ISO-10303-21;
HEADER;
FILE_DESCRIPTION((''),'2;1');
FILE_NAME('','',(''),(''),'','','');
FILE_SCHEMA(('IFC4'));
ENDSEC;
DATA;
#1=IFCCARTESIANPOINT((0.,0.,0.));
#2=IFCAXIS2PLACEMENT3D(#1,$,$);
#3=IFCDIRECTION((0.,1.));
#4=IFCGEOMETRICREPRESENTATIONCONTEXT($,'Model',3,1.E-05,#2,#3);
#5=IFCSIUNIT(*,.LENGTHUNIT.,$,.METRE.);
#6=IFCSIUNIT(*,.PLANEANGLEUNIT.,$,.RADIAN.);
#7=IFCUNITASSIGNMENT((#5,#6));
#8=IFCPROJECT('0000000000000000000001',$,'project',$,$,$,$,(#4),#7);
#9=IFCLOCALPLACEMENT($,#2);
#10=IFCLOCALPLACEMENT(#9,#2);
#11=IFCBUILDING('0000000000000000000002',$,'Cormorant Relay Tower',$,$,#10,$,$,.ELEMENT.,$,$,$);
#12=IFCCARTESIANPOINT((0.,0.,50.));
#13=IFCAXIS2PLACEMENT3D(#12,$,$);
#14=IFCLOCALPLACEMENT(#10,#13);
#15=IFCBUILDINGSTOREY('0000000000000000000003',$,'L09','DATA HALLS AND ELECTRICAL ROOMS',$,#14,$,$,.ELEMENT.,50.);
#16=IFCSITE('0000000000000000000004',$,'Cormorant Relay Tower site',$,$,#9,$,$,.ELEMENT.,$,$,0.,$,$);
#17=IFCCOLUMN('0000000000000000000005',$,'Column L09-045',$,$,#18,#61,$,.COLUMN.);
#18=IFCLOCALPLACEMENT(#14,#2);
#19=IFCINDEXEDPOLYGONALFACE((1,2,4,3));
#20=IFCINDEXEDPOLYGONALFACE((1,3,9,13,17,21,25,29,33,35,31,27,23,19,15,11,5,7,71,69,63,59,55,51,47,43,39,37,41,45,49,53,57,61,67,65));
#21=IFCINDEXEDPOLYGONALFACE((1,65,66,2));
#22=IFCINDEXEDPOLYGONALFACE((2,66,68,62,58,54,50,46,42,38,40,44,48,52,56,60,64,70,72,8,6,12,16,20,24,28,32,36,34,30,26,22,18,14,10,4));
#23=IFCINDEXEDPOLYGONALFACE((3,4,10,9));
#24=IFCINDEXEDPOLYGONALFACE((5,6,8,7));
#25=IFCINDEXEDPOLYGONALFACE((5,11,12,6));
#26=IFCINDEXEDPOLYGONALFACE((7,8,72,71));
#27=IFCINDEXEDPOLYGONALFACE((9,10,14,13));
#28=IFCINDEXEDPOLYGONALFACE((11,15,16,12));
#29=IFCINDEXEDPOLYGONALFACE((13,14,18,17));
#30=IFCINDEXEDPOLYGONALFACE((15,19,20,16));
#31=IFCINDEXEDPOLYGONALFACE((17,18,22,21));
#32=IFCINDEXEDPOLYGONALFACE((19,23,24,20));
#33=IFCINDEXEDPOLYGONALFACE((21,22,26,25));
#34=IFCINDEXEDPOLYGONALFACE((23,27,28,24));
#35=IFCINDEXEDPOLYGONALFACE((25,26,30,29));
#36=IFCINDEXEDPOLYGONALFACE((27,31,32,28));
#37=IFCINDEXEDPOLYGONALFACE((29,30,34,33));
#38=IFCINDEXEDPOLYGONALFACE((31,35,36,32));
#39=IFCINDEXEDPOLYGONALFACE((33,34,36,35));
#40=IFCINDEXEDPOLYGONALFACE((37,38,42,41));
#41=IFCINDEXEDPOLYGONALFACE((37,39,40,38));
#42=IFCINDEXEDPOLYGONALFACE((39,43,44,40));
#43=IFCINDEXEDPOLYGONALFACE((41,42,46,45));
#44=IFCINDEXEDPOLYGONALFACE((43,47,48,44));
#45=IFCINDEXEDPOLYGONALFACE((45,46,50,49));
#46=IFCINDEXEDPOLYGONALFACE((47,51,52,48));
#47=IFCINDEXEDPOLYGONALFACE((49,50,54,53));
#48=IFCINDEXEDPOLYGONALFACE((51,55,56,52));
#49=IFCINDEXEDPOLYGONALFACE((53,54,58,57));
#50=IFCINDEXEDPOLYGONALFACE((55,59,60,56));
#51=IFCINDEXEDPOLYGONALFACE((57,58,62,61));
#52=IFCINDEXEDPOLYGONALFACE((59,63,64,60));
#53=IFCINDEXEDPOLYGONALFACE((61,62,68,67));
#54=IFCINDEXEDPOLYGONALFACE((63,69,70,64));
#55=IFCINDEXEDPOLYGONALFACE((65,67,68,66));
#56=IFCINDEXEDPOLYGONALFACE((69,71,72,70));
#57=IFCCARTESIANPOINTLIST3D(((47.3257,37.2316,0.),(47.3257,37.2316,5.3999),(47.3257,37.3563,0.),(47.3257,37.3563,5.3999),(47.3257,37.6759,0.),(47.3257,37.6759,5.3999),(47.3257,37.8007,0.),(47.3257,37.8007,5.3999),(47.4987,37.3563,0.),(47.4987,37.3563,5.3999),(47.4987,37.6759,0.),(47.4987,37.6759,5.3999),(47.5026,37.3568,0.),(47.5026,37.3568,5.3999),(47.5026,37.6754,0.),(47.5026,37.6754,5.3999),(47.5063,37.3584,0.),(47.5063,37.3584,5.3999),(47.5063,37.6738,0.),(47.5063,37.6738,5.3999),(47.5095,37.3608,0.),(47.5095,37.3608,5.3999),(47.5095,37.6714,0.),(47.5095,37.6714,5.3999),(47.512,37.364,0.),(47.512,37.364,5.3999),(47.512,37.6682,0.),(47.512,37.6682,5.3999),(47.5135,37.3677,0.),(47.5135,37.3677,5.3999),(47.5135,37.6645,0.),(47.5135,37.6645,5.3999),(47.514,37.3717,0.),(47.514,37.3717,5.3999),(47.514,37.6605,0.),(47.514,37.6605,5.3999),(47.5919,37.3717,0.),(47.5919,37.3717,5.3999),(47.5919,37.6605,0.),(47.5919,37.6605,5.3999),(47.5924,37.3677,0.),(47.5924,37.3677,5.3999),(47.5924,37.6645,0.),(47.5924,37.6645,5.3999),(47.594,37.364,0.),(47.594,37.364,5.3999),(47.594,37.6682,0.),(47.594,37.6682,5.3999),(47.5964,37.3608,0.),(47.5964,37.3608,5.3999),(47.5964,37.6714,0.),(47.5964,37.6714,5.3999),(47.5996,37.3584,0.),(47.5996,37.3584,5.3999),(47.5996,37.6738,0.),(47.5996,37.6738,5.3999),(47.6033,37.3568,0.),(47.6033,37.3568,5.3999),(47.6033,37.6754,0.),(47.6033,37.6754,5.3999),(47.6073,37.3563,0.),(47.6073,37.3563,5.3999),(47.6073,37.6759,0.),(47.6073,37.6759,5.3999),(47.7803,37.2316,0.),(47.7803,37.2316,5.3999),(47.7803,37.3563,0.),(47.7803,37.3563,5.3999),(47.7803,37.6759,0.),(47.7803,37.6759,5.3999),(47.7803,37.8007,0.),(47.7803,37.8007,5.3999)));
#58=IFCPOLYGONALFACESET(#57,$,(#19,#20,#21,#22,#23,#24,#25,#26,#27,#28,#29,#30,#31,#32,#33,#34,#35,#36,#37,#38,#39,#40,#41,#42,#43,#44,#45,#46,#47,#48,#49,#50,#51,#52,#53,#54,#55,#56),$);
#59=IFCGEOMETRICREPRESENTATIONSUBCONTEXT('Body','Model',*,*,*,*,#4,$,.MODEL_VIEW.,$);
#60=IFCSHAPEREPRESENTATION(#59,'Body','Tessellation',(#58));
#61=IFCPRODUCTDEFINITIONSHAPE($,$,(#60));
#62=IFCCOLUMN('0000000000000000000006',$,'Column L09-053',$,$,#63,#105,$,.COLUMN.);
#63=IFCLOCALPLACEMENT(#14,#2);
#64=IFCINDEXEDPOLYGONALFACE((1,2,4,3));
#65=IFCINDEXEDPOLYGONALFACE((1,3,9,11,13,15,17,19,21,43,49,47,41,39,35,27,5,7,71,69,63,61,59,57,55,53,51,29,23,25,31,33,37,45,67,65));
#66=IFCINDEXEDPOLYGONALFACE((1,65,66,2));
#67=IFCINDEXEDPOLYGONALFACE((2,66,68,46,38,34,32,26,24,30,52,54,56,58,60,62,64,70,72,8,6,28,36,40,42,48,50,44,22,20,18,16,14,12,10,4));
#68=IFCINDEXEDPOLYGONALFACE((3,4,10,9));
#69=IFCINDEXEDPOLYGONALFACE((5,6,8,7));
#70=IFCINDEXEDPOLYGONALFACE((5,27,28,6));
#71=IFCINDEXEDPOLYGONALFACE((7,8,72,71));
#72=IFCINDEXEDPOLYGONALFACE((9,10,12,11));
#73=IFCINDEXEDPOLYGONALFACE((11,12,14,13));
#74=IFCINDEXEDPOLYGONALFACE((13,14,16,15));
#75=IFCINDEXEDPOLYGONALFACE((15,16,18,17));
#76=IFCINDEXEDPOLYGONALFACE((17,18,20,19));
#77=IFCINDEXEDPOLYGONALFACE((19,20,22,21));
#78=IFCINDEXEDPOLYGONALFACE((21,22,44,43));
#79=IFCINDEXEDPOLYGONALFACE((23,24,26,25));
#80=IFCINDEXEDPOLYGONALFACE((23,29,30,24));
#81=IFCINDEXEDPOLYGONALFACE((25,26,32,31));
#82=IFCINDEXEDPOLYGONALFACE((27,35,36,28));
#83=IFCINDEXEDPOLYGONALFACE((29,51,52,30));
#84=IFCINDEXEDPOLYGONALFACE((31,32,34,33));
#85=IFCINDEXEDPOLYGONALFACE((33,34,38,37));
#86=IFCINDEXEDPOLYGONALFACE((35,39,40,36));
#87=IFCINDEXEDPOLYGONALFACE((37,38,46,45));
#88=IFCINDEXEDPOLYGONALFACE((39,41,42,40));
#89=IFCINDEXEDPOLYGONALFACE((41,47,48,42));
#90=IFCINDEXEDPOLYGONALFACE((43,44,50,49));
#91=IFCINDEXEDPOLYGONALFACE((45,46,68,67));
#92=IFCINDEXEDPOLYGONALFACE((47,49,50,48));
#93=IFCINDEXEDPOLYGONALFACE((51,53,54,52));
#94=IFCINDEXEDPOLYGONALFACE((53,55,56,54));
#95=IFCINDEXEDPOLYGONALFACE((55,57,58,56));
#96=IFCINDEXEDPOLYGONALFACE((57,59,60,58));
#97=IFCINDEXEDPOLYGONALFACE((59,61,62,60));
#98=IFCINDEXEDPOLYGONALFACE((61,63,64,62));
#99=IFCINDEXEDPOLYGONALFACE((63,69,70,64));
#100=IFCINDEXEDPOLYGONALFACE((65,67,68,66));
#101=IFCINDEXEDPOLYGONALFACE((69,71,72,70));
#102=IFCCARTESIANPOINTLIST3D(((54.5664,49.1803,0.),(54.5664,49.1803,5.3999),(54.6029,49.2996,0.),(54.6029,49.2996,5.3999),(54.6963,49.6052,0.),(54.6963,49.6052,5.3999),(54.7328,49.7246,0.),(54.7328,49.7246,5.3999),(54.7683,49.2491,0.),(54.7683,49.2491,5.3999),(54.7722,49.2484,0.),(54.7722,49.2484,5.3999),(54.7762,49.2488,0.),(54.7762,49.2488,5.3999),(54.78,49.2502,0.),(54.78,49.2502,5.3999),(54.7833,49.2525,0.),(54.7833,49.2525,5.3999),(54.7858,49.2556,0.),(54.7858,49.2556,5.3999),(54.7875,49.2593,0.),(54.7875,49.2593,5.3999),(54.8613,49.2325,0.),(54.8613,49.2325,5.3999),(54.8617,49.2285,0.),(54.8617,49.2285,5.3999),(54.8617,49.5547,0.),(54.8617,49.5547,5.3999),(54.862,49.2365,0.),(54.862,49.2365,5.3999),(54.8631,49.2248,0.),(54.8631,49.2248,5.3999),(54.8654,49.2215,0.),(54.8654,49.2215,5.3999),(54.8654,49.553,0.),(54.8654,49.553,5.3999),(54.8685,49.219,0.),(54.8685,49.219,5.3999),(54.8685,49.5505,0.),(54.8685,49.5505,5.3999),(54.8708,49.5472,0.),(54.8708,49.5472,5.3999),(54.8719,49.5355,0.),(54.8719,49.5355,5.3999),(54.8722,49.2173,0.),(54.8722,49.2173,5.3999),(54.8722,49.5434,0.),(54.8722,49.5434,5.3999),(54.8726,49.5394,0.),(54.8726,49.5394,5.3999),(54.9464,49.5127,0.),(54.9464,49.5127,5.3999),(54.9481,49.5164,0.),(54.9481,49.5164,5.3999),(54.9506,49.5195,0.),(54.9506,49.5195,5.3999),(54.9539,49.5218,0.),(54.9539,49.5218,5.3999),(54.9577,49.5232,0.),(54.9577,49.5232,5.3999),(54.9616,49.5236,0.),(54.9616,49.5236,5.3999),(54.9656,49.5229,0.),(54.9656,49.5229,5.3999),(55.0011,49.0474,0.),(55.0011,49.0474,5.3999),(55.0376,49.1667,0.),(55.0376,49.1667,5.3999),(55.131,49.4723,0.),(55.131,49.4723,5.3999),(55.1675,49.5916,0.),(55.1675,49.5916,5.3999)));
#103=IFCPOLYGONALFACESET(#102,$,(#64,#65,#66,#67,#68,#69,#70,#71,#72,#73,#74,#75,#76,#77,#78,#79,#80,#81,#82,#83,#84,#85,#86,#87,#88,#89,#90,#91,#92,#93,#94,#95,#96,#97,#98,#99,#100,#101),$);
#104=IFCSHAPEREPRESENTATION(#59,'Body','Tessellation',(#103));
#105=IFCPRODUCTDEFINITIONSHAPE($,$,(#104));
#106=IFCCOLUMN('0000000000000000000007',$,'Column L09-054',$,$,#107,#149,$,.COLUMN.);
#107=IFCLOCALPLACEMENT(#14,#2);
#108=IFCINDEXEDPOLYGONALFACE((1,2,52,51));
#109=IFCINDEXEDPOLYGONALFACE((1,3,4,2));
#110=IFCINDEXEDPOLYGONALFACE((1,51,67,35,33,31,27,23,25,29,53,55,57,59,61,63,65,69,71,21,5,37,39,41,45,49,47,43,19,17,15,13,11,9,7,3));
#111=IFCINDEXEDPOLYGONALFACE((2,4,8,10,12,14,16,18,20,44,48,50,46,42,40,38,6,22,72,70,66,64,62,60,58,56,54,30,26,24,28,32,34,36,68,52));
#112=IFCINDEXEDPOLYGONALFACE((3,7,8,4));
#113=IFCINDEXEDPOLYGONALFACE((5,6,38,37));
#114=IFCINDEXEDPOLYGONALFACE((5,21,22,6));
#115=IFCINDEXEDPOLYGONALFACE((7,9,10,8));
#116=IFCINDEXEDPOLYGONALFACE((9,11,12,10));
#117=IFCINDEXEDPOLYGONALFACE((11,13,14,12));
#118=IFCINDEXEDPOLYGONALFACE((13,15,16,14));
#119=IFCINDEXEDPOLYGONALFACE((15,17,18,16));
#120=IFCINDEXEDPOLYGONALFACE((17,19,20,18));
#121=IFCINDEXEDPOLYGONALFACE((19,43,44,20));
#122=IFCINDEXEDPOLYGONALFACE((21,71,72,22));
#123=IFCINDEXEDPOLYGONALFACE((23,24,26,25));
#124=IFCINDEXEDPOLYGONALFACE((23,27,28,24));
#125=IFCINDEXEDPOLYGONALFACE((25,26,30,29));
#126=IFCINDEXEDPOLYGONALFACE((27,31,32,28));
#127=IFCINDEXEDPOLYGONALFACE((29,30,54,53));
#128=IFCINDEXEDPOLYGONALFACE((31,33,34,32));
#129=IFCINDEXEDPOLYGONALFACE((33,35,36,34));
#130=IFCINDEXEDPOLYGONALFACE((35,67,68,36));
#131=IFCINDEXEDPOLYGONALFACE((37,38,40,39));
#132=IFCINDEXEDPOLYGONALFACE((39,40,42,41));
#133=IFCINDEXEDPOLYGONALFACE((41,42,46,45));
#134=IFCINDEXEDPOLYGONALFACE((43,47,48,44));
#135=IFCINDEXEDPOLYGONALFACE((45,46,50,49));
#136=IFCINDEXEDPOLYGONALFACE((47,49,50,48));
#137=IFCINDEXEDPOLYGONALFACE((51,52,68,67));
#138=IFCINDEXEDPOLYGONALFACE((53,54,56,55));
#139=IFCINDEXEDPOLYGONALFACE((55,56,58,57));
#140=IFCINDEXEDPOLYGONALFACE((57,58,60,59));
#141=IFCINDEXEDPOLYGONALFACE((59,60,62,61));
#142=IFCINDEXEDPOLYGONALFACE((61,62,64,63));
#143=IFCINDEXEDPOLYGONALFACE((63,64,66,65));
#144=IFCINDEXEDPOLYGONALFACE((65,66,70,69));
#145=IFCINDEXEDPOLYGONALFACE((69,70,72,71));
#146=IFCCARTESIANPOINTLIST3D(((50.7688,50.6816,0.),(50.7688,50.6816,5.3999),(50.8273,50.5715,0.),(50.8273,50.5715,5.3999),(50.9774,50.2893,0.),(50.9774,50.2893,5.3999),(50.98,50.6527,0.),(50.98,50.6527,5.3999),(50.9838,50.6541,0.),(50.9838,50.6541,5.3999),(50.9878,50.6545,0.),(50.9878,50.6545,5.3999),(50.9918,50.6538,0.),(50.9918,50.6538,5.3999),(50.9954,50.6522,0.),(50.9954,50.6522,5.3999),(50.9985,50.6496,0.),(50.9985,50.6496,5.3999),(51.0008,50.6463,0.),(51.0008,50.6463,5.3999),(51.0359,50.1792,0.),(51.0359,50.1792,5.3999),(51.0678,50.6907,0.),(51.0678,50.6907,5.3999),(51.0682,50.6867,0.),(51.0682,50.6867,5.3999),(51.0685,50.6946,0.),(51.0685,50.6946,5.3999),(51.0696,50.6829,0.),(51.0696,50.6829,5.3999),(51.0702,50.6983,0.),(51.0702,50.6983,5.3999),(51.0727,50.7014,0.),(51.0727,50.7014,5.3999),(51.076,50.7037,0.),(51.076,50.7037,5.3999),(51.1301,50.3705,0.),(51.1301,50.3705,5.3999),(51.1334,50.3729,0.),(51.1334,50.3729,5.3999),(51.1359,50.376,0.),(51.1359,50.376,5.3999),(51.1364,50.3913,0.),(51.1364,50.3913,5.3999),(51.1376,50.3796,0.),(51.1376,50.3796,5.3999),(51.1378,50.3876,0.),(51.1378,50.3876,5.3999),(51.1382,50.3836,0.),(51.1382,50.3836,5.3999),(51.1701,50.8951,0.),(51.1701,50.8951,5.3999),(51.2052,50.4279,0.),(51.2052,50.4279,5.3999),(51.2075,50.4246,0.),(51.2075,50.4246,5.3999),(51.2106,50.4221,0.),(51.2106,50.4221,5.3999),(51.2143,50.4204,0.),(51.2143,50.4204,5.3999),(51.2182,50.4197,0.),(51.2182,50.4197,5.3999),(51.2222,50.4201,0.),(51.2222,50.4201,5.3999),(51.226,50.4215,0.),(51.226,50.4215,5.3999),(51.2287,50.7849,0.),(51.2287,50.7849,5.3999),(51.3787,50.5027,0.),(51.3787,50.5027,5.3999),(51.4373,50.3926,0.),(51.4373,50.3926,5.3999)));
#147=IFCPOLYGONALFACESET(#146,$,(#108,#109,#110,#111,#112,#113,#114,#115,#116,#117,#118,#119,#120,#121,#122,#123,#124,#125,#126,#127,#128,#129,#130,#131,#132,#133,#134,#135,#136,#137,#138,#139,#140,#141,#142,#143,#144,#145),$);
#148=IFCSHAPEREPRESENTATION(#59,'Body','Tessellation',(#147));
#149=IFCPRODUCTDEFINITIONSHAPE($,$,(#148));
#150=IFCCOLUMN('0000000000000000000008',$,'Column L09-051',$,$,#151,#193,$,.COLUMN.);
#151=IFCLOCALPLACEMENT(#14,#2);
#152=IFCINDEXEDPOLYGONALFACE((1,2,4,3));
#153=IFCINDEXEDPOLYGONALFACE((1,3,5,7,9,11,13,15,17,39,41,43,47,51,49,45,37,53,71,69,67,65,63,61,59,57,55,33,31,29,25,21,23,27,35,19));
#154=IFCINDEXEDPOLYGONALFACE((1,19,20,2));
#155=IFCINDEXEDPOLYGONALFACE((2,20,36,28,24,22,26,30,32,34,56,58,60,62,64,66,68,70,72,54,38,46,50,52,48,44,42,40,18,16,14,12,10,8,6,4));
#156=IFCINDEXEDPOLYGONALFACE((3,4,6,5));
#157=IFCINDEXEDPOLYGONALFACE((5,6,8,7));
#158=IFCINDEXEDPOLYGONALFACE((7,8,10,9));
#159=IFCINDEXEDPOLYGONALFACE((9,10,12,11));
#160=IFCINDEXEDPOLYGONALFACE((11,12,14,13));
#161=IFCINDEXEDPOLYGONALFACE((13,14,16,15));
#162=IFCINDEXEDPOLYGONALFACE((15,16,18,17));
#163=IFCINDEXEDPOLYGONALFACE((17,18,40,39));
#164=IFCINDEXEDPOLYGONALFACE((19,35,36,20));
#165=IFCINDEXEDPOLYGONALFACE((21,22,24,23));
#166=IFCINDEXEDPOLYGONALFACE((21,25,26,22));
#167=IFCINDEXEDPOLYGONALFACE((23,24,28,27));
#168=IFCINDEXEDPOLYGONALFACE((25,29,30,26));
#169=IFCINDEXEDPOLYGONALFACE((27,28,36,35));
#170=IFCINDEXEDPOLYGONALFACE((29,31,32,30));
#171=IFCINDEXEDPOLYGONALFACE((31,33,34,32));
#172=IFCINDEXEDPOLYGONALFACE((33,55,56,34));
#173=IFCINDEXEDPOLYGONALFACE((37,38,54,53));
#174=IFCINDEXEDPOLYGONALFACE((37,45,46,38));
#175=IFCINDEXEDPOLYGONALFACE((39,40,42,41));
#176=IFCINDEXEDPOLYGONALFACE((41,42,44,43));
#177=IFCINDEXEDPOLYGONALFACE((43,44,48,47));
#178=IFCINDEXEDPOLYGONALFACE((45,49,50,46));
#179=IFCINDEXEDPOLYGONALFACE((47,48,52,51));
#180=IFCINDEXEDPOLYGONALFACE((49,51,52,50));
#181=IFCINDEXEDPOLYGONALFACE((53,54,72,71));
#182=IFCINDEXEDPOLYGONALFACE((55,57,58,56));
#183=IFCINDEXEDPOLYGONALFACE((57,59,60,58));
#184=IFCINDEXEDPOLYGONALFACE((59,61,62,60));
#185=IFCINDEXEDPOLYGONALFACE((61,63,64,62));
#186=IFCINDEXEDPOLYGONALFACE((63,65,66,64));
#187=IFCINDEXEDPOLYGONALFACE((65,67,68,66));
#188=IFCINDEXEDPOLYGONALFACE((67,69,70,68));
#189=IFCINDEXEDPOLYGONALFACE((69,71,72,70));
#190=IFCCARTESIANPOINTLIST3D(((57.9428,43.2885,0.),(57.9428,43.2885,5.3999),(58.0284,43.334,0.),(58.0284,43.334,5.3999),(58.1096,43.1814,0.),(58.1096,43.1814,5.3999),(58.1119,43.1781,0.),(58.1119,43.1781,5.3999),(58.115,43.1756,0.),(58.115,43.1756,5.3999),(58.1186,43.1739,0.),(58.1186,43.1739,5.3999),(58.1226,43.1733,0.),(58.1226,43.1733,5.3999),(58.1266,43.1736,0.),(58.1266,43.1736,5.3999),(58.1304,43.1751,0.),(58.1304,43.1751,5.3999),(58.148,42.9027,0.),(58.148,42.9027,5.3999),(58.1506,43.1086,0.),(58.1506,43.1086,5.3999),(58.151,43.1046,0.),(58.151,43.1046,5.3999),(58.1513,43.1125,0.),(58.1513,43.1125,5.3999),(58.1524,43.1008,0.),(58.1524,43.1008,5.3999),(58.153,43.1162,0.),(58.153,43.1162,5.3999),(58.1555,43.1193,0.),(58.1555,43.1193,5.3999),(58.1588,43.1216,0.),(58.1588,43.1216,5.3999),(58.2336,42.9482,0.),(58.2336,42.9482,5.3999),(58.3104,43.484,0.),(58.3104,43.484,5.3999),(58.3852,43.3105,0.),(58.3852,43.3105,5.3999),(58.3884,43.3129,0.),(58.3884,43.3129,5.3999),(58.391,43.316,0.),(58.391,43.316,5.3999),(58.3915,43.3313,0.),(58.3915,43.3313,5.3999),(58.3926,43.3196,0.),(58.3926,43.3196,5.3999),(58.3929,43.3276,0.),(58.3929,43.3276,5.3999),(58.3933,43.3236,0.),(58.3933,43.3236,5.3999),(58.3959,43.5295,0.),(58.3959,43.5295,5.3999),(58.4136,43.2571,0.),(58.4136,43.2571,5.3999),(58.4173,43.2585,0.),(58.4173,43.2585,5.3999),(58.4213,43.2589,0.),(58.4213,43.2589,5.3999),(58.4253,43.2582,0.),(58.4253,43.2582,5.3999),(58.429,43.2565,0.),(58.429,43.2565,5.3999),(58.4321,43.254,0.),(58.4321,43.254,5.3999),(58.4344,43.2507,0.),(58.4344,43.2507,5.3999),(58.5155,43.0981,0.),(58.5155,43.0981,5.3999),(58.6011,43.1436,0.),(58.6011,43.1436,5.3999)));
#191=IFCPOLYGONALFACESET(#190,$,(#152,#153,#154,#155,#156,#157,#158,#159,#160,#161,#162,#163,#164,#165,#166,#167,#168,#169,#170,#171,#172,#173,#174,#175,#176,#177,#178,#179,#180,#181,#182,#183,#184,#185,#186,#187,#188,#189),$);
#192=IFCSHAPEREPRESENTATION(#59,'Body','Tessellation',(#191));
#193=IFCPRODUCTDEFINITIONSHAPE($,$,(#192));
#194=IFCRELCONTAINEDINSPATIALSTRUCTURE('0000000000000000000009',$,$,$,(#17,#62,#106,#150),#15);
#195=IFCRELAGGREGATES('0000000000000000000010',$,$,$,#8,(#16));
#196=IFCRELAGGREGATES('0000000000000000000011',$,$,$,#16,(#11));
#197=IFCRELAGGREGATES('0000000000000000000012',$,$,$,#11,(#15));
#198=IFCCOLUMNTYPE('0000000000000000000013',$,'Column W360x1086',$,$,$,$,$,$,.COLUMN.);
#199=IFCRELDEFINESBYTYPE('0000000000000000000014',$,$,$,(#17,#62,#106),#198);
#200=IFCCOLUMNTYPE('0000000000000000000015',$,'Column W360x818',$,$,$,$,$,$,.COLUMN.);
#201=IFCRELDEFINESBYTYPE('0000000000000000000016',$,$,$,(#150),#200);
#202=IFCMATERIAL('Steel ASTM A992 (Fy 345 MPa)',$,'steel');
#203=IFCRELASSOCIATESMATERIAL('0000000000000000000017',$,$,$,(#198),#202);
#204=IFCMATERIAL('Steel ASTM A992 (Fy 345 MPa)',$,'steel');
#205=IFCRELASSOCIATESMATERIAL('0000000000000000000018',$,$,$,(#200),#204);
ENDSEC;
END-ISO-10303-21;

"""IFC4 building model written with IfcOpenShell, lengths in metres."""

from ifc_helpers import new_model, si_unit, direction, frame, origin, origin_2d, place, context, subcontext, project, spatial, i_section, extrude, material, material_profile, profile_set, type_object, element, save


model = new_model("IFC4")

# Units and contexts
model_context = context("Model", 3, precision=1e-05, world=origin(), true_north=direction((0.0, 1.0)))
body_context = subcontext(model_context, "Body", "Model", "MODEL_VIEW")
ifc_project = project(units=[si_unit("LENGTHUNIT", "METRE"), si_unit("PLANEANGLEUNIT", "RADIAN")], contexts=[model_context])

# Site, building, storey
site_placement = place(None, origin())
site = spatial("IfcSite", under=ifc_project, at=site_placement, Name="Cormorant Relay Tower site", CompositionType="ELEMENT", RefElevation=0.0)
building_placement = place(site_placement, origin())
building = spatial("IfcBuilding", under=site, at=building_placement, Name="Cormorant Relay Tower", CompositionType="ELEMENT")
storey_placement = place(building_placement, frame((0.0, 0.0, 50.0)))
storey = spatial("IfcBuildingStorey", under=building, at=storey_placement, Name="L09", Description="DATA HALLS AND ELECTRICAL ROOMS", CompositionType="ELEMENT", Elevation=50.0)

# Columns
ifc_material_1 = material(Name="Steel ASTM A992 (Fy 345 MPa)", Category="steel")
ifc_material_profile_1 = material_profile(ifc_material_1, i_section(OverallWidth=0.4546, OverallDepth=0.5691, WebThickness=0.0779, FlangeThickness=0.1248, FilletRadius=0.0154, at=origin_2d()), Name="W360x1086")
ifc_profile_set_1 = profile_set([ifc_material_profile_1], Name="Steel ASTM A992 (Fy 345 MPa)")
column_type_1 = type_object("IfcColumnType", Name="Column W360x1086", PredefinedType="COLUMN", material=ifc_profile_set_1)
for number, where, z_axis, x_axis, name in (
    (1, (47.553, 37.5161, 0.0), (0.0, 0.0, 1.0), (1.0, 0.0, 0.0), "Column L09-045"),
    (2, (54.8669, 49.386, 0.0), (0.0, 0.0, 1.0), (-0.956305, 0.292372, 0.0), "Column L09-053"),
    (3, (51.103, 50.5371, 0.0), (0.0, 0.0, 1.0), (-0.882948, -0.469472, 0.0), "Column L09-054"),
):
    element("IfcColumn", number, at=place(storey_placement, frame(where, z_axis=z_axis, x_axis=x_axis)), inside=storey, type_object=column_type_1, Name=name, PredefinedType="COLUMN", context=body_context, shape_type="SweptSolid", body=[
        extrude(i_section(OverallWidth=0.4546, OverallDepth=0.5691, WebThickness=0.0779, FlangeThickness=0.1248, FilletRadius=0.0154, at=origin_2d()), origin(), (0.0, 0.0, 1.0), 5.3999),
    ])
ifc_material_2 = material(Name="Steel ASTM A992 (Fy 345 MPa)", Category="steel")
ifc_material_profile_2 = material_profile(ifc_material_2, i_section(OverallWidth=0.437, OverallDepth=0.5132, WebThickness=0.0605, FlangeThickness=0.0969, FilletRadius=0.0154, at=origin_2d()), Name="W360x818")
ifc_profile_set_2 = profile_set([ifc_material_profile_2], Name="Steel ASTM A992 (Fy 345 MPa)")
column_type_2 = type_object("IfcColumnType", Name="Column W360x818", PredefinedType="COLUMN", material=ifc_profile_set_2)
column_placement = place(storey_placement, frame((58.272, 43.2161, 0.0), z_axis=(0.0, 0.0, 1.0), x_axis=(-0.469472, 0.882948, 0.0)))
element("IfcColumn", 4, at=column_placement, inside=storey, type_object=column_type_2, Name="Column L09-051", PredefinedType="COLUMN", context=body_context, shape_type="SweptSolid", body=[
    extrude(i_section(OverallWidth=0.437, OverallDepth=0.5132, WebThickness=0.0605, FlangeThickness=0.0969, FilletRadius=0.0154, at=origin_2d()), origin(), (0.0, 0.0, 1.0), 5.3999),
])

save(model, "model.ifc")
